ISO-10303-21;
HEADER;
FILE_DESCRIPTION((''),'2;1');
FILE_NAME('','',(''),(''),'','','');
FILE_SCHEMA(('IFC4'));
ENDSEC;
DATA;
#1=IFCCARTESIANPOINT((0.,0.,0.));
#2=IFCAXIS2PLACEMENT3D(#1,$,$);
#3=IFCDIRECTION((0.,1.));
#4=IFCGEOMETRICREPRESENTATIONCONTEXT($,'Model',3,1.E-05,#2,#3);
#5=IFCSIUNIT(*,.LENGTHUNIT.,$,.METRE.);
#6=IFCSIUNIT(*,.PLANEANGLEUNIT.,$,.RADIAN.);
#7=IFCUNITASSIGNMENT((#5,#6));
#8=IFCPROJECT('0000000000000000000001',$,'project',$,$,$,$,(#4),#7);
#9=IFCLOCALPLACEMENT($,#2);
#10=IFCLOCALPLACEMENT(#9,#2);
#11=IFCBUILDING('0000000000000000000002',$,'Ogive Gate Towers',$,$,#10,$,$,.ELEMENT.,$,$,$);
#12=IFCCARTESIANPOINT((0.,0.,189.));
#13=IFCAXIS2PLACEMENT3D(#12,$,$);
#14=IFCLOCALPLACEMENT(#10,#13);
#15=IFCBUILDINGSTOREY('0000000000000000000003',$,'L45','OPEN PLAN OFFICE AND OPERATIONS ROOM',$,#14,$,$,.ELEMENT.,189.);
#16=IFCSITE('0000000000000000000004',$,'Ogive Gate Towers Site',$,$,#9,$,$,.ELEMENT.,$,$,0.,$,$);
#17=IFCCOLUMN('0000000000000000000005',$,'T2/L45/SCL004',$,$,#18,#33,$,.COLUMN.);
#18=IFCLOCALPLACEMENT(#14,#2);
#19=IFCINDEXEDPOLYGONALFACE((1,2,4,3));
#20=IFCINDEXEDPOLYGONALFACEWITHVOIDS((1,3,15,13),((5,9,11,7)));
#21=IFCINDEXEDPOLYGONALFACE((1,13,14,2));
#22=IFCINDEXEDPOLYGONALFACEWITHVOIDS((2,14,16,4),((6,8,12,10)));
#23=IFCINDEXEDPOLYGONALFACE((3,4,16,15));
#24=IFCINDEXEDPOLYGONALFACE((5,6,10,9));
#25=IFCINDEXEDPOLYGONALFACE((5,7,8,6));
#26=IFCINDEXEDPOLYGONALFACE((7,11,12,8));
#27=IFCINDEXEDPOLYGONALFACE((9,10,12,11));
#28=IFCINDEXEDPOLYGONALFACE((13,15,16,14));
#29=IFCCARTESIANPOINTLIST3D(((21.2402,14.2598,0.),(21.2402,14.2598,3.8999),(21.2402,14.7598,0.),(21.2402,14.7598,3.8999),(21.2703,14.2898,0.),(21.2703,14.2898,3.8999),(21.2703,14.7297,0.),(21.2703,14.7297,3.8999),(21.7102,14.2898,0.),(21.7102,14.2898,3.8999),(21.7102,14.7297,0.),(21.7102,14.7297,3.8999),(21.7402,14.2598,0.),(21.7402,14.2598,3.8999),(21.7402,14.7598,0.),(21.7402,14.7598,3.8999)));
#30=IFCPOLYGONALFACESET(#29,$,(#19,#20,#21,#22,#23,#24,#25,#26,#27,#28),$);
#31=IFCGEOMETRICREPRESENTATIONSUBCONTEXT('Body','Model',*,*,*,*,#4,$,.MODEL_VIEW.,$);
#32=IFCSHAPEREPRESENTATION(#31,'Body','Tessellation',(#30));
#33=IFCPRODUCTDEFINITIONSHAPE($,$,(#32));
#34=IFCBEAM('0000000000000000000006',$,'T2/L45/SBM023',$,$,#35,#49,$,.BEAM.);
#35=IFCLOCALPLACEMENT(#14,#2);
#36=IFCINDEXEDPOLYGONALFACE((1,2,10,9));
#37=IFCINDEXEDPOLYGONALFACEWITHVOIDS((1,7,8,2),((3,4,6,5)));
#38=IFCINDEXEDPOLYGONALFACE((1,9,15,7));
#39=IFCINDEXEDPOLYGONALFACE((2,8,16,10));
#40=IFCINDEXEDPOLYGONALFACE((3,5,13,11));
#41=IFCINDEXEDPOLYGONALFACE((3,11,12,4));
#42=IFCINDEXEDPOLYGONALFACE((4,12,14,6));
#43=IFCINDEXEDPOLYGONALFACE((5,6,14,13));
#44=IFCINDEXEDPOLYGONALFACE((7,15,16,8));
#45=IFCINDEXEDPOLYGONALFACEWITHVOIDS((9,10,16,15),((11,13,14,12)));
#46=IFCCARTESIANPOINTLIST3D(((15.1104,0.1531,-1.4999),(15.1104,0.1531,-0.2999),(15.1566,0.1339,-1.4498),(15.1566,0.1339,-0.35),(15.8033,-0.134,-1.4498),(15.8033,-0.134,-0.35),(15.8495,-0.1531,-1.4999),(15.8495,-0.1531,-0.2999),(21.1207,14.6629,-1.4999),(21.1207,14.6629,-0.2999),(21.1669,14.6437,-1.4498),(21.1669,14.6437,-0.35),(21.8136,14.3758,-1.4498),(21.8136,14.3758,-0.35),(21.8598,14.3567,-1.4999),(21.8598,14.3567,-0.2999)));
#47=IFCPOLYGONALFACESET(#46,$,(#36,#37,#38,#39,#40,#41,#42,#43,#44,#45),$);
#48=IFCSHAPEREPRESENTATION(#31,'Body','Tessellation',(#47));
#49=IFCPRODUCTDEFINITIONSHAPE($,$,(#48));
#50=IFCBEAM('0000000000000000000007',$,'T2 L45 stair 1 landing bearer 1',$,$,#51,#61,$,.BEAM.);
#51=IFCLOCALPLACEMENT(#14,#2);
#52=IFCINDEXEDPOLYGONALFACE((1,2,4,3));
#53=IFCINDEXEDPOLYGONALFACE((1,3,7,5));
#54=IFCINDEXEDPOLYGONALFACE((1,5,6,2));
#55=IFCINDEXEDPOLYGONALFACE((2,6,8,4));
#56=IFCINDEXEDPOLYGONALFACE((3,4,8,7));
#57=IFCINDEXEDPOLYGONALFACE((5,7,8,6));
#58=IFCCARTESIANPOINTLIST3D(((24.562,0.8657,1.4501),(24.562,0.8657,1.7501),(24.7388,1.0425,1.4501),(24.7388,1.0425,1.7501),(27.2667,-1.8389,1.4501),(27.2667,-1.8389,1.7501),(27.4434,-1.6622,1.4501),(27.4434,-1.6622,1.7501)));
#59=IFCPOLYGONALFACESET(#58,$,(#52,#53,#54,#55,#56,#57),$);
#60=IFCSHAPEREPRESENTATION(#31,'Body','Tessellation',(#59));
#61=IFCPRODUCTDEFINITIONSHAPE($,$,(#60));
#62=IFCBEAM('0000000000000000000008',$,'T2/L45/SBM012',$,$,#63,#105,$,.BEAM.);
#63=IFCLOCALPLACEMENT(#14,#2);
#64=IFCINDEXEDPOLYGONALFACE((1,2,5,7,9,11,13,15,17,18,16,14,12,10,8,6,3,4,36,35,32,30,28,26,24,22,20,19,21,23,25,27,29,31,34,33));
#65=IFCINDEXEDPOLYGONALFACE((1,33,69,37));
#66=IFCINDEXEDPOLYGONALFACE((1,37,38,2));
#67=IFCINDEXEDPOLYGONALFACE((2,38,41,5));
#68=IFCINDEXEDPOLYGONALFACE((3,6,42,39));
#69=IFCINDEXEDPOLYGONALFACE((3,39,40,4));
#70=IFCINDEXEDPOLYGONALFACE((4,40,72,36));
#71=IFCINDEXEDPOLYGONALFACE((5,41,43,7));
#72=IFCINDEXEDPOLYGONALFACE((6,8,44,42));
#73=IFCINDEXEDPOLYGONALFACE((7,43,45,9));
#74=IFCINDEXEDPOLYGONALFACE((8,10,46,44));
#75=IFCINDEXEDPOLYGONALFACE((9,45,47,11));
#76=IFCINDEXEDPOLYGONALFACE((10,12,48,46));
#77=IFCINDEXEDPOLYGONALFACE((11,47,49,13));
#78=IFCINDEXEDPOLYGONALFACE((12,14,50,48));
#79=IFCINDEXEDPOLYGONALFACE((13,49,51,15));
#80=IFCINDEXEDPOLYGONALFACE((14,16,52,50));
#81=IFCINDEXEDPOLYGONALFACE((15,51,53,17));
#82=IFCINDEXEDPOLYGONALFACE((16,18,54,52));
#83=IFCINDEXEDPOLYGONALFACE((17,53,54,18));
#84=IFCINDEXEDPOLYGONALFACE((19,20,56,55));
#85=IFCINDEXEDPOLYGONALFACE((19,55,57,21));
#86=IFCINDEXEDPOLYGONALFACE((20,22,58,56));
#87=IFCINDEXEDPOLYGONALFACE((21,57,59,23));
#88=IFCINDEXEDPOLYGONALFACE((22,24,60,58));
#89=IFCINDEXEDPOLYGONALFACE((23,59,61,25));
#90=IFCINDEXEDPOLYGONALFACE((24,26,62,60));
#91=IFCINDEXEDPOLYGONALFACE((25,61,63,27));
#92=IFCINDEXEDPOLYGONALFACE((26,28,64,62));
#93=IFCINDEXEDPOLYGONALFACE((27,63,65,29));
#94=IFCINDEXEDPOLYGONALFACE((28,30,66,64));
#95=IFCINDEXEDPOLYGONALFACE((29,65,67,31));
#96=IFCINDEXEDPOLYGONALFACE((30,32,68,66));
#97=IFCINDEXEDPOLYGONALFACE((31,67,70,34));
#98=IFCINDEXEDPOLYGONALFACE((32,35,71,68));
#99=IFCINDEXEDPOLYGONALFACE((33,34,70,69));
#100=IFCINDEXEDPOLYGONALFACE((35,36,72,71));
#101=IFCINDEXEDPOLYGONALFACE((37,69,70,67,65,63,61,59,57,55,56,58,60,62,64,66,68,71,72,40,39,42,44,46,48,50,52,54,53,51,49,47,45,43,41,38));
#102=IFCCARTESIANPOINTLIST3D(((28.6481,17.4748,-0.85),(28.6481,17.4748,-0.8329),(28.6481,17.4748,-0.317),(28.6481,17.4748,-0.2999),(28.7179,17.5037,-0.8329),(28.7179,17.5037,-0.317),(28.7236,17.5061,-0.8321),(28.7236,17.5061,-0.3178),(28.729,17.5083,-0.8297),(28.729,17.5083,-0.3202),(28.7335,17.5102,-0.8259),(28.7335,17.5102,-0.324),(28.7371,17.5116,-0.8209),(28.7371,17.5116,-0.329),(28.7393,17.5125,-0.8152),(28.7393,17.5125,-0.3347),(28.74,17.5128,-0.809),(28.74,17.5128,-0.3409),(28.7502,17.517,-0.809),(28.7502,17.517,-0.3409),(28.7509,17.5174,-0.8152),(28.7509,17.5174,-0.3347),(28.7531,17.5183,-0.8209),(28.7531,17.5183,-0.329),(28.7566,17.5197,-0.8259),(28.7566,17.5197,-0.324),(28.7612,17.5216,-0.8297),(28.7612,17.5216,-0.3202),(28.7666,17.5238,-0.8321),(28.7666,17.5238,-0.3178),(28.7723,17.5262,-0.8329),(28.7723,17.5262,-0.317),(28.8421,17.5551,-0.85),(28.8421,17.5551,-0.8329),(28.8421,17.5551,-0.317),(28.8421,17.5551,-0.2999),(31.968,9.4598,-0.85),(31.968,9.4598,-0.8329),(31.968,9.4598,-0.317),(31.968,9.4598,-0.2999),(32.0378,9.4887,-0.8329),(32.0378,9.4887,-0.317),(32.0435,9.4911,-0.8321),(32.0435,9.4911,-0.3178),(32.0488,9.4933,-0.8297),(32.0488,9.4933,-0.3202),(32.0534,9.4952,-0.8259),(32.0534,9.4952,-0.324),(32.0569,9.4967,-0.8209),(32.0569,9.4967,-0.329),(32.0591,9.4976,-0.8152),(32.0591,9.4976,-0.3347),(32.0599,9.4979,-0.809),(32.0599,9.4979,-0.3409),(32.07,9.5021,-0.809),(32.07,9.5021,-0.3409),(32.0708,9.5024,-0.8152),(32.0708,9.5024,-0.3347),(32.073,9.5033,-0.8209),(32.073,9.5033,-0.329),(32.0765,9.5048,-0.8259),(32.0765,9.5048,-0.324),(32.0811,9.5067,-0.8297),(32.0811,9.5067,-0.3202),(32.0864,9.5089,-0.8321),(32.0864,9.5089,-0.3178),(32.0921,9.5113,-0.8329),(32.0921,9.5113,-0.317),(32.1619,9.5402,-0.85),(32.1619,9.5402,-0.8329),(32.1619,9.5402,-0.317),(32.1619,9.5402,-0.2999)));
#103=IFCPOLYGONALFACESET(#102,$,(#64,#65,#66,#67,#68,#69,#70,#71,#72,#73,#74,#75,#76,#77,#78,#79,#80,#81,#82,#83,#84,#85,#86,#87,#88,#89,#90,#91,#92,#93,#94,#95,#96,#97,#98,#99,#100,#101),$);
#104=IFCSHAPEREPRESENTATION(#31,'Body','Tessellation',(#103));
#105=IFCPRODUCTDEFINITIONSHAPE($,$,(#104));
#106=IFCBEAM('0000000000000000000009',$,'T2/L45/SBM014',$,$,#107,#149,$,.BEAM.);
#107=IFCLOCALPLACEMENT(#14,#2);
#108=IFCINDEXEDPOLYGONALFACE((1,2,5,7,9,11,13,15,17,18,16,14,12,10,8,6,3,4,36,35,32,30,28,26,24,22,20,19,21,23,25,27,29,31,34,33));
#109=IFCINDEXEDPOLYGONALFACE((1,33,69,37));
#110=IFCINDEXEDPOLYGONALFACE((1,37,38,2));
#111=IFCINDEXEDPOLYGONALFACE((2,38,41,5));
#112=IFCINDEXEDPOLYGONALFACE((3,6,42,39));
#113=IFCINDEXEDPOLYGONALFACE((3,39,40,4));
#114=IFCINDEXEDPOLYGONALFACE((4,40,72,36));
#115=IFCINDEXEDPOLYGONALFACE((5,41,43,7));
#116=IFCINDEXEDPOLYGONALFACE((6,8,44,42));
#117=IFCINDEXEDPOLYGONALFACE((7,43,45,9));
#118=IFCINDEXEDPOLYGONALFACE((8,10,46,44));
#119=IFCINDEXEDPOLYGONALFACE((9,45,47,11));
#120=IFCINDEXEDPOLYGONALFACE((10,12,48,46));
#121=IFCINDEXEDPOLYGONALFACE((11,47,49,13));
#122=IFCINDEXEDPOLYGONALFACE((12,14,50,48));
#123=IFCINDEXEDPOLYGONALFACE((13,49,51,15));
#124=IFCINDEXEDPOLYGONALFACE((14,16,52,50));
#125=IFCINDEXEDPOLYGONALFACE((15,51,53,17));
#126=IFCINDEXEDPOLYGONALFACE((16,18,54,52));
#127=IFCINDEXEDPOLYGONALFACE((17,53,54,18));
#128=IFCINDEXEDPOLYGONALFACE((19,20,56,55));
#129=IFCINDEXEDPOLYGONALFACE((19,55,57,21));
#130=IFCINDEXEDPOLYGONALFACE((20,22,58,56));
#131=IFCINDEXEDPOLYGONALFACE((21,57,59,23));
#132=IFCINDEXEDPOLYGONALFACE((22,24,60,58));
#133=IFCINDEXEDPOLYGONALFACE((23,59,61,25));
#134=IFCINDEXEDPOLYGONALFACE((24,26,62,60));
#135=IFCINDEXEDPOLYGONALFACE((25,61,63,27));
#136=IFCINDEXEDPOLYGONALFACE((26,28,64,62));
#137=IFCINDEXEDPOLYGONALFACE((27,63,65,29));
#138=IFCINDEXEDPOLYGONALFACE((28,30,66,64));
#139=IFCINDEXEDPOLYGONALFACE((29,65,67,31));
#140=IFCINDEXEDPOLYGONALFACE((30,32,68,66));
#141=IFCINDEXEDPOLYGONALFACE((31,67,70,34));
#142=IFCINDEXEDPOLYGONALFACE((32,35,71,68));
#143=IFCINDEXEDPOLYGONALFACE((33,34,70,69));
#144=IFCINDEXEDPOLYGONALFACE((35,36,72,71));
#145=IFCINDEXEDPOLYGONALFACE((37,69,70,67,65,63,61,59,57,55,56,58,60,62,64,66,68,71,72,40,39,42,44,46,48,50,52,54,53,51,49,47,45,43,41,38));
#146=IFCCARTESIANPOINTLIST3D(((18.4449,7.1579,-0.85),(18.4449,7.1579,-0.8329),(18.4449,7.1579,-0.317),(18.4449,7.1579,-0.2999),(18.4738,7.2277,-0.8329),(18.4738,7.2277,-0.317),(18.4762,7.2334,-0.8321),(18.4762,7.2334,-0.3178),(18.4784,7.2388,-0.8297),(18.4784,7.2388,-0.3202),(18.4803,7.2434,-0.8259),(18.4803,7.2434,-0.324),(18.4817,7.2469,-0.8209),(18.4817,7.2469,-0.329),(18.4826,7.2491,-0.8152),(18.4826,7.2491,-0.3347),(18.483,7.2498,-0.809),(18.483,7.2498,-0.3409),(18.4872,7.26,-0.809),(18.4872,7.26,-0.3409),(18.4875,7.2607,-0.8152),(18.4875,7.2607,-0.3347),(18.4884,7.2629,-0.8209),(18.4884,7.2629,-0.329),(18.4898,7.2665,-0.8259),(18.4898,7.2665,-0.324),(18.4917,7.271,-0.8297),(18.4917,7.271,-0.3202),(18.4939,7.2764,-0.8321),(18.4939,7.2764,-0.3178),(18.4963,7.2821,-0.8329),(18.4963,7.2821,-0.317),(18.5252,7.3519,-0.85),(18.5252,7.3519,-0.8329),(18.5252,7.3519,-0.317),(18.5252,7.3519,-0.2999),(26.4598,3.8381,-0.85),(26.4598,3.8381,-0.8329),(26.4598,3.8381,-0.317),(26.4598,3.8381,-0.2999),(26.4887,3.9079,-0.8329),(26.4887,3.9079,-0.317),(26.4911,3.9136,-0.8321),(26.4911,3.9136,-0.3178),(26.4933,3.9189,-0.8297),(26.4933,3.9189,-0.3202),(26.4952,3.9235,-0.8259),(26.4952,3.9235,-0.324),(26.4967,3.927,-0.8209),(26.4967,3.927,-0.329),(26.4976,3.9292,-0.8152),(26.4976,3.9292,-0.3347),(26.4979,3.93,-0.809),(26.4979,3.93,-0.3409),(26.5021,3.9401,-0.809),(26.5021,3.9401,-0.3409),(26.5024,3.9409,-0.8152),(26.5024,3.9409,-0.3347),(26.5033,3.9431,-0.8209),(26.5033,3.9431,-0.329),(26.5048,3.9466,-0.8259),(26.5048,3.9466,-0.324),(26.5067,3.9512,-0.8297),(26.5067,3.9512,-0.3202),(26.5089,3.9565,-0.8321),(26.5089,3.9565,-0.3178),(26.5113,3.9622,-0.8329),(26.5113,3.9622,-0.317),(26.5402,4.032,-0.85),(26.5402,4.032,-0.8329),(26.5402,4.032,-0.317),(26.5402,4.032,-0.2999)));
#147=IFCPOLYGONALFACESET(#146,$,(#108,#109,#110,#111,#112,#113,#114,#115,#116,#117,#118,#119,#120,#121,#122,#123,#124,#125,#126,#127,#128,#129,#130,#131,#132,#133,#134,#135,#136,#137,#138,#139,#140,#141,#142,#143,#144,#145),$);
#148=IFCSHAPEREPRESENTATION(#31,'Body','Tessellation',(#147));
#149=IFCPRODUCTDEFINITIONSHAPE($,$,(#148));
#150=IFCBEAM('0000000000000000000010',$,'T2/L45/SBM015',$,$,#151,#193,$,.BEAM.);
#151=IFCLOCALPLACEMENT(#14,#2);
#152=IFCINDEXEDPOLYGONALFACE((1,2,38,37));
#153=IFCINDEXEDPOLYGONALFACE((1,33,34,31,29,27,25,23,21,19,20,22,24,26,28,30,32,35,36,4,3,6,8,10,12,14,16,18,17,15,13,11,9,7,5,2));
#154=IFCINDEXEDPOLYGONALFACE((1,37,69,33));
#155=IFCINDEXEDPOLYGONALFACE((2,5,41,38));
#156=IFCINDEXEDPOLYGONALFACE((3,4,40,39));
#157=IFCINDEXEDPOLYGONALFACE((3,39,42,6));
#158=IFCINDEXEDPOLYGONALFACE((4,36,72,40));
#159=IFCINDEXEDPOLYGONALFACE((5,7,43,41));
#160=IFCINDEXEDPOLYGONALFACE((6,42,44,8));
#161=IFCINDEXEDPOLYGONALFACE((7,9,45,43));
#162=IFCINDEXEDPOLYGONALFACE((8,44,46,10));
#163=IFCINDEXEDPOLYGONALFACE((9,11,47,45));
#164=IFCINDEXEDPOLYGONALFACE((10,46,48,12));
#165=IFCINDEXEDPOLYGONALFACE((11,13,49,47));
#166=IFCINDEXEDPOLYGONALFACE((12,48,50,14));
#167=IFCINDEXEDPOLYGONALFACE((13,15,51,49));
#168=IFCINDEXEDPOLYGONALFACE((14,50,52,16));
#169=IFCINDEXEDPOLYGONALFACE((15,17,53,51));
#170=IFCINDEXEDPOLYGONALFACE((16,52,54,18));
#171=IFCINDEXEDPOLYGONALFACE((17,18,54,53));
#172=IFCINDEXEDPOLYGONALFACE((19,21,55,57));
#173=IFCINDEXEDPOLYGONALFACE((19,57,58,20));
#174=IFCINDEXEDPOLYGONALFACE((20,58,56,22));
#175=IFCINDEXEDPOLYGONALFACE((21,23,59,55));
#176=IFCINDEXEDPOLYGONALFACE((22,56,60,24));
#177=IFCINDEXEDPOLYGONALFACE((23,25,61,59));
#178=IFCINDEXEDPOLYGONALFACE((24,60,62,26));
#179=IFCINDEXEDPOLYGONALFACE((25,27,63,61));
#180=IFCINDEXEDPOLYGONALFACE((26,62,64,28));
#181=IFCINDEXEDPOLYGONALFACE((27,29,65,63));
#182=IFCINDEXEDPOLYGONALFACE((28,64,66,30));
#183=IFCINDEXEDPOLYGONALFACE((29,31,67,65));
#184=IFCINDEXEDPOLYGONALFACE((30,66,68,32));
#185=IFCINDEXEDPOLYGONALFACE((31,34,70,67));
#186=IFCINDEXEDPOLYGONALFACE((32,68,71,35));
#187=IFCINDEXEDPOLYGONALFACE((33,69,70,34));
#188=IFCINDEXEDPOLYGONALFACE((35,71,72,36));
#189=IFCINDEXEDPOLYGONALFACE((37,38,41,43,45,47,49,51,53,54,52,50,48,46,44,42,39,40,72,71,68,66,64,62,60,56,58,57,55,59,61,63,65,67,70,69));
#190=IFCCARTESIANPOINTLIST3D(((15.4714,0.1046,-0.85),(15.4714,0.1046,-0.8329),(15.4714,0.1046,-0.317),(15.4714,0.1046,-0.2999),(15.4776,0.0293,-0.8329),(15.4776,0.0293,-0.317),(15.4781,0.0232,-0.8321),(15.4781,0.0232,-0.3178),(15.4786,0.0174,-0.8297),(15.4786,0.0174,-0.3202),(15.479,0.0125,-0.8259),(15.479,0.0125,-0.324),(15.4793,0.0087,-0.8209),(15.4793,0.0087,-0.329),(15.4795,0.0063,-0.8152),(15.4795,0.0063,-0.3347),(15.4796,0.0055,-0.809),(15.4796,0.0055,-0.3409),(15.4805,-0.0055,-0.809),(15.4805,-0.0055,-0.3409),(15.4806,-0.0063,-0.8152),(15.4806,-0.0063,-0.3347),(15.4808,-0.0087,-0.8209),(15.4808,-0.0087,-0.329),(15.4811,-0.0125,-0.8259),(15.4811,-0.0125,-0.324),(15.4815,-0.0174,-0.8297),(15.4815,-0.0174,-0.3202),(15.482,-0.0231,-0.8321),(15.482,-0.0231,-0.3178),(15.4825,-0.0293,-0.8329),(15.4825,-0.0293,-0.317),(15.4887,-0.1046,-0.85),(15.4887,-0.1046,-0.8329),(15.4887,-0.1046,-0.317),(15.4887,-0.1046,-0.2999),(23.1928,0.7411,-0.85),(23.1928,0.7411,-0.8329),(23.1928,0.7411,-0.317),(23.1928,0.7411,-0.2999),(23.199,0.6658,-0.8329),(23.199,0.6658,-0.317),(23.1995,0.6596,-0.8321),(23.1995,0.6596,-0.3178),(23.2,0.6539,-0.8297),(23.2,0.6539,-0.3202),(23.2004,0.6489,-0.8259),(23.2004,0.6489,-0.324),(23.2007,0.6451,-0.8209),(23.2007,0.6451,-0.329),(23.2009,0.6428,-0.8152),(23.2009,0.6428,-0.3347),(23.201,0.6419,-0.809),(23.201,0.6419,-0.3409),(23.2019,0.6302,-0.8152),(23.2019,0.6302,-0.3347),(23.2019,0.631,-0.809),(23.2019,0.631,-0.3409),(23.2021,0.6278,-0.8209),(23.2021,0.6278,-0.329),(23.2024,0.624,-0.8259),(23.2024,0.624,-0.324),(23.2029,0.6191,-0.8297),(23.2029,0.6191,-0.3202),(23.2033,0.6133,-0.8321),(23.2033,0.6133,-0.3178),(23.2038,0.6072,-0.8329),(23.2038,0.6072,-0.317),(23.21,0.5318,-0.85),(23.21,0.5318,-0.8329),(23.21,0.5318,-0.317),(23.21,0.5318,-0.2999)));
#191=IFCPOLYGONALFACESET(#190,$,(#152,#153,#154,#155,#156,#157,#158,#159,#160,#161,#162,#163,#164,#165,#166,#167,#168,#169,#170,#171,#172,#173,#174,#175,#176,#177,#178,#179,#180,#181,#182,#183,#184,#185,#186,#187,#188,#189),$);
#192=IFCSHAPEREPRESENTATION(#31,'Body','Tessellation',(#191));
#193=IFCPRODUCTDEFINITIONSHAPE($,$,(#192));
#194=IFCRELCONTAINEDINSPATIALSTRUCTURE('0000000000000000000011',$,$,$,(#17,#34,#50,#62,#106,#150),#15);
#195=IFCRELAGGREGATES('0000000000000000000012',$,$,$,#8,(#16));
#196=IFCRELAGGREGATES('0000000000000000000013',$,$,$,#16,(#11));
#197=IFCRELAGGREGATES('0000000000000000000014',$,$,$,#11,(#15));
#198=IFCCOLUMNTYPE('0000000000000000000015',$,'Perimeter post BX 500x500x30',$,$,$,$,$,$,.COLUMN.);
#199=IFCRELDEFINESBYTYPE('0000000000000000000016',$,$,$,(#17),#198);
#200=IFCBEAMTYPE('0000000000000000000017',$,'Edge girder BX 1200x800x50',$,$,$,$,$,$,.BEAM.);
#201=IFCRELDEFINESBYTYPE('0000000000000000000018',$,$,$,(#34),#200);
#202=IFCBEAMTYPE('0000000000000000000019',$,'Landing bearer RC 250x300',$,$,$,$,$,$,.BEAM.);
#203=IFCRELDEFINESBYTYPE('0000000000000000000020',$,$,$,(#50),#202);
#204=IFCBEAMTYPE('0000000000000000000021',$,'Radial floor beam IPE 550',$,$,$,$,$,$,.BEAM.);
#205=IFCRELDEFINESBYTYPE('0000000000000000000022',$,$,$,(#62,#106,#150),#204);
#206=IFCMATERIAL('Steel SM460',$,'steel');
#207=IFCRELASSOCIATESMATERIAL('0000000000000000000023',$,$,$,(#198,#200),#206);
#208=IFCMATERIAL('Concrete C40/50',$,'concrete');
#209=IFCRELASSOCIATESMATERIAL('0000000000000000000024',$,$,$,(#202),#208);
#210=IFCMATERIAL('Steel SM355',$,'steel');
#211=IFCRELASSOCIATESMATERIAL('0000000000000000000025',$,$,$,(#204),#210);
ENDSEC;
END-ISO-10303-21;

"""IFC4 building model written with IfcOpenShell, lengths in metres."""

from ifc_helpers import new_model, si_unit, direction, frame, origin, origin_2d, place, context, subcontext, project, spatial, rectangle, hollow_rectangle, i_section, extrude, material, material_profile, profile_set, type_object, element, save


model = new_model("IFC4")

# Units and contexts
model_context = context("Model", 3, precision=1e-05, world=origin(), true_north=direction((0.0, 1.0)))
body_context = subcontext(model_context, "Body", "Model", "MODEL_VIEW")
ifc_project = project(units=[si_unit("LENGTHUNIT", "METRE"), si_unit("PLANEANGLEUNIT", "RADIAN")], contexts=[model_context])

# Site, building, storey
site_placement = place(None, origin())
site = spatial("IfcSite", under=ifc_project, at=site_placement, Name="Ogive Gate Towers Site", CompositionType="ELEMENT", RefElevation=0.0)
building_placement = place(site_placement, origin())
building = spatial("IfcBuilding", under=site, at=building_placement, Name="Ogive Gate Towers", CompositionType="ELEMENT")
storey_placement = place(building_placement, frame((0.0, 0.0, 189.0)))
storey = spatial("IfcBuildingStorey", under=building, at=storey_placement, Name="L45", Description="OPEN PLAN OFFICE AND OPERATIONS ROOM", CompositionType="ELEMENT", Elevation=189.0)

# Column
ifc_material_1 = material(Name="Steel SM460", Category="steel")
ifc_material_profile_1 = material_profile(ifc_material_1, hollow_rectangle(XDim=0.5, YDim=0.5, WallThickness=0.03, at=origin_2d()), Name="BX 500x500x30")
ifc_profile_set_1 = profile_set([ifc_material_profile_1], Name="Steel SM460")
column_type = type_object("IfcColumnType", Name="Perimeter post BX 500x500x30", PredefinedType="COLUMN", material=ifc_profile_set_1)
column_placement = place(storey_placement, frame((21.4902, 14.5098, 0.0), z_axis=(0.0, 0.0, 1.0), x_axis=(1.0, 0.0, 0.0)))
element("IfcColumn", 1, at=column_placement, inside=storey, type_object=column_type, Name="T2/L45/SCL004", PredefinedType="COLUMN", context=body_context, shape_type="SweptSolid", body=[
    extrude(hollow_rectangle(XDim=0.5, YDim=0.5, WallThickness=0.03, at=origin_2d()), origin(), (0.0, 0.0, 1.0), 3.8999),
])

# Beams
ifc_material_profile_2 = material_profile(ifc_material_1, hollow_rectangle(XDim=0.8, YDim=1.2, WallThickness=0.05, at=origin_2d()), Name="BX 1200x800x50")
ifc_profile_set_2 = profile_set([ifc_material_profile_2], Name="Steel SM460")
beam_type_1 = type_object("IfcBeamType", Name="Edge girder BX 1200x800x50", PredefinedType="BEAM", material=ifc_profile_set_2)
beam_1_placement = place(storey_placement, frame((21.4902, 14.5098, -0.8999), z_axis=(-0.38269, -0.923877, 0.0), x_axis=(0.923877, -0.38269, 0.0)))
element("IfcBeam", 2, at=beam_1_placement, inside=storey, type_object=beam_type_1, Name="T2/L45/SBM023", PredefinedType="BEAM", context=body_context, shape_type="SweptSolid", body=[
    extrude(hollow_rectangle(XDim=0.8, YDim=1.2, WallThickness=0.05, at=origin_2d()), origin(), (0.0, 0.0, 1.0), 15.7053),
])
ifc_material_2 = material(Name="Concrete C40/50", Category="concrete")
ifc_material_profile_3 = material_profile(ifc_material_2, rectangle(XDim=0.25, YDim=0.3, at=origin_2d()), Name="RC 250x300")
ifc_profile_set_3 = profile_set([ifc_material_profile_3], Name="Concrete C40/50")
beam_type_2 = type_object("IfcBeamType", Name="Landing bearer RC 250x300", PredefinedType="BEAM", material=ifc_profile_set_3)
beam_2_placement = place(storey_placement, frame((24.6504, 0.9541, 1.6001), z_axis=(0.707107, -0.707107, 0.0), x_axis=(0.707107, 0.707107, 0.0)))
element("IfcBeam", 3, at=beam_2_placement, inside=storey, type_object=beam_type_2, Name="T2 L45 stair 1 landing bearer 1", PredefinedType="BEAM", context=body_context, shape_type="SweptSolid", body=[
    extrude(rectangle(XDim=0.25, YDim=0.3, at=origin_2d()), origin(), (0.0, 0.0, 1.0), 3.825),
])
ifc_material_3 = material(Name="Steel SM355", Category="steel")
ifc_material_profile_4 = material_profile(ifc_material_3, i_section(OverallWidth=0.21, OverallDepth=0.55, WebThickness=0.011, FlangeThickness=0.0171, FilletRadius=0.0239, at=origin_2d()), Name="IPE 550")
ifc_profile_set_4 = profile_set([ifc_material_profile_4], Name="Steel SM355")
beam_type_3 = type_object("IfcBeamType", Name="Radial floor beam IPE 550", PredefinedType="BEAM", material=ifc_profile_set_4)
for number, where, z_axis, x_axis, name in (
    (4, (32.0649, 9.5, -0.575), (-0.382678, 0.923882, 0.0), (-0.923882, -0.382678, 0.0), "T2/L45/SBM012"),
    (5, (26.5, 3.9351, -0.575), (-0.923882, 0.382678, 0.0), (-0.382678, -0.923882, 0.0), "T2/L45/SBM014"),
):
    element("IfcBeam", number, at=place(storey_placement, frame(where, z_axis=z_axis, x_axis=x_axis)), inside=storey, type_object=beam_type_3, Name=name, PredefinedType="BEAM", context=body_context, shape_type="SweptSolid", body=[
        extrude(i_section(OverallWidth=0.21, OverallDepth=0.55, WebThickness=0.011, FlangeThickness=0.0171, FilletRadius=0.0239, at=origin_2d()), origin(), (0.0, 0.0, 1.0), 8.6753),
    ])
beam_3_placement = place(storey_placement, frame((23.2014, 0.6365, -0.575), z_axis=(-0.99662, -0.082151, 0.0), x_axis=(0.082151, -0.99662, 0.0)))
element("IfcBeam", 6, at=beam_3_placement, inside=storey, type_object=beam_type_3, Name="T2/L45/SBM015", PredefinedType="BEAM", context=body_context, shape_type="SweptSolid", body=[
    extrude(i_section(OverallWidth=0.21, OverallDepth=0.55, WebThickness=0.011, FlangeThickness=0.0171, FilletRadius=0.0239, at=origin_2d()), origin(), (0.0, 0.0, 1.0), 7.7476),
])

save(model, "model.ifc")
